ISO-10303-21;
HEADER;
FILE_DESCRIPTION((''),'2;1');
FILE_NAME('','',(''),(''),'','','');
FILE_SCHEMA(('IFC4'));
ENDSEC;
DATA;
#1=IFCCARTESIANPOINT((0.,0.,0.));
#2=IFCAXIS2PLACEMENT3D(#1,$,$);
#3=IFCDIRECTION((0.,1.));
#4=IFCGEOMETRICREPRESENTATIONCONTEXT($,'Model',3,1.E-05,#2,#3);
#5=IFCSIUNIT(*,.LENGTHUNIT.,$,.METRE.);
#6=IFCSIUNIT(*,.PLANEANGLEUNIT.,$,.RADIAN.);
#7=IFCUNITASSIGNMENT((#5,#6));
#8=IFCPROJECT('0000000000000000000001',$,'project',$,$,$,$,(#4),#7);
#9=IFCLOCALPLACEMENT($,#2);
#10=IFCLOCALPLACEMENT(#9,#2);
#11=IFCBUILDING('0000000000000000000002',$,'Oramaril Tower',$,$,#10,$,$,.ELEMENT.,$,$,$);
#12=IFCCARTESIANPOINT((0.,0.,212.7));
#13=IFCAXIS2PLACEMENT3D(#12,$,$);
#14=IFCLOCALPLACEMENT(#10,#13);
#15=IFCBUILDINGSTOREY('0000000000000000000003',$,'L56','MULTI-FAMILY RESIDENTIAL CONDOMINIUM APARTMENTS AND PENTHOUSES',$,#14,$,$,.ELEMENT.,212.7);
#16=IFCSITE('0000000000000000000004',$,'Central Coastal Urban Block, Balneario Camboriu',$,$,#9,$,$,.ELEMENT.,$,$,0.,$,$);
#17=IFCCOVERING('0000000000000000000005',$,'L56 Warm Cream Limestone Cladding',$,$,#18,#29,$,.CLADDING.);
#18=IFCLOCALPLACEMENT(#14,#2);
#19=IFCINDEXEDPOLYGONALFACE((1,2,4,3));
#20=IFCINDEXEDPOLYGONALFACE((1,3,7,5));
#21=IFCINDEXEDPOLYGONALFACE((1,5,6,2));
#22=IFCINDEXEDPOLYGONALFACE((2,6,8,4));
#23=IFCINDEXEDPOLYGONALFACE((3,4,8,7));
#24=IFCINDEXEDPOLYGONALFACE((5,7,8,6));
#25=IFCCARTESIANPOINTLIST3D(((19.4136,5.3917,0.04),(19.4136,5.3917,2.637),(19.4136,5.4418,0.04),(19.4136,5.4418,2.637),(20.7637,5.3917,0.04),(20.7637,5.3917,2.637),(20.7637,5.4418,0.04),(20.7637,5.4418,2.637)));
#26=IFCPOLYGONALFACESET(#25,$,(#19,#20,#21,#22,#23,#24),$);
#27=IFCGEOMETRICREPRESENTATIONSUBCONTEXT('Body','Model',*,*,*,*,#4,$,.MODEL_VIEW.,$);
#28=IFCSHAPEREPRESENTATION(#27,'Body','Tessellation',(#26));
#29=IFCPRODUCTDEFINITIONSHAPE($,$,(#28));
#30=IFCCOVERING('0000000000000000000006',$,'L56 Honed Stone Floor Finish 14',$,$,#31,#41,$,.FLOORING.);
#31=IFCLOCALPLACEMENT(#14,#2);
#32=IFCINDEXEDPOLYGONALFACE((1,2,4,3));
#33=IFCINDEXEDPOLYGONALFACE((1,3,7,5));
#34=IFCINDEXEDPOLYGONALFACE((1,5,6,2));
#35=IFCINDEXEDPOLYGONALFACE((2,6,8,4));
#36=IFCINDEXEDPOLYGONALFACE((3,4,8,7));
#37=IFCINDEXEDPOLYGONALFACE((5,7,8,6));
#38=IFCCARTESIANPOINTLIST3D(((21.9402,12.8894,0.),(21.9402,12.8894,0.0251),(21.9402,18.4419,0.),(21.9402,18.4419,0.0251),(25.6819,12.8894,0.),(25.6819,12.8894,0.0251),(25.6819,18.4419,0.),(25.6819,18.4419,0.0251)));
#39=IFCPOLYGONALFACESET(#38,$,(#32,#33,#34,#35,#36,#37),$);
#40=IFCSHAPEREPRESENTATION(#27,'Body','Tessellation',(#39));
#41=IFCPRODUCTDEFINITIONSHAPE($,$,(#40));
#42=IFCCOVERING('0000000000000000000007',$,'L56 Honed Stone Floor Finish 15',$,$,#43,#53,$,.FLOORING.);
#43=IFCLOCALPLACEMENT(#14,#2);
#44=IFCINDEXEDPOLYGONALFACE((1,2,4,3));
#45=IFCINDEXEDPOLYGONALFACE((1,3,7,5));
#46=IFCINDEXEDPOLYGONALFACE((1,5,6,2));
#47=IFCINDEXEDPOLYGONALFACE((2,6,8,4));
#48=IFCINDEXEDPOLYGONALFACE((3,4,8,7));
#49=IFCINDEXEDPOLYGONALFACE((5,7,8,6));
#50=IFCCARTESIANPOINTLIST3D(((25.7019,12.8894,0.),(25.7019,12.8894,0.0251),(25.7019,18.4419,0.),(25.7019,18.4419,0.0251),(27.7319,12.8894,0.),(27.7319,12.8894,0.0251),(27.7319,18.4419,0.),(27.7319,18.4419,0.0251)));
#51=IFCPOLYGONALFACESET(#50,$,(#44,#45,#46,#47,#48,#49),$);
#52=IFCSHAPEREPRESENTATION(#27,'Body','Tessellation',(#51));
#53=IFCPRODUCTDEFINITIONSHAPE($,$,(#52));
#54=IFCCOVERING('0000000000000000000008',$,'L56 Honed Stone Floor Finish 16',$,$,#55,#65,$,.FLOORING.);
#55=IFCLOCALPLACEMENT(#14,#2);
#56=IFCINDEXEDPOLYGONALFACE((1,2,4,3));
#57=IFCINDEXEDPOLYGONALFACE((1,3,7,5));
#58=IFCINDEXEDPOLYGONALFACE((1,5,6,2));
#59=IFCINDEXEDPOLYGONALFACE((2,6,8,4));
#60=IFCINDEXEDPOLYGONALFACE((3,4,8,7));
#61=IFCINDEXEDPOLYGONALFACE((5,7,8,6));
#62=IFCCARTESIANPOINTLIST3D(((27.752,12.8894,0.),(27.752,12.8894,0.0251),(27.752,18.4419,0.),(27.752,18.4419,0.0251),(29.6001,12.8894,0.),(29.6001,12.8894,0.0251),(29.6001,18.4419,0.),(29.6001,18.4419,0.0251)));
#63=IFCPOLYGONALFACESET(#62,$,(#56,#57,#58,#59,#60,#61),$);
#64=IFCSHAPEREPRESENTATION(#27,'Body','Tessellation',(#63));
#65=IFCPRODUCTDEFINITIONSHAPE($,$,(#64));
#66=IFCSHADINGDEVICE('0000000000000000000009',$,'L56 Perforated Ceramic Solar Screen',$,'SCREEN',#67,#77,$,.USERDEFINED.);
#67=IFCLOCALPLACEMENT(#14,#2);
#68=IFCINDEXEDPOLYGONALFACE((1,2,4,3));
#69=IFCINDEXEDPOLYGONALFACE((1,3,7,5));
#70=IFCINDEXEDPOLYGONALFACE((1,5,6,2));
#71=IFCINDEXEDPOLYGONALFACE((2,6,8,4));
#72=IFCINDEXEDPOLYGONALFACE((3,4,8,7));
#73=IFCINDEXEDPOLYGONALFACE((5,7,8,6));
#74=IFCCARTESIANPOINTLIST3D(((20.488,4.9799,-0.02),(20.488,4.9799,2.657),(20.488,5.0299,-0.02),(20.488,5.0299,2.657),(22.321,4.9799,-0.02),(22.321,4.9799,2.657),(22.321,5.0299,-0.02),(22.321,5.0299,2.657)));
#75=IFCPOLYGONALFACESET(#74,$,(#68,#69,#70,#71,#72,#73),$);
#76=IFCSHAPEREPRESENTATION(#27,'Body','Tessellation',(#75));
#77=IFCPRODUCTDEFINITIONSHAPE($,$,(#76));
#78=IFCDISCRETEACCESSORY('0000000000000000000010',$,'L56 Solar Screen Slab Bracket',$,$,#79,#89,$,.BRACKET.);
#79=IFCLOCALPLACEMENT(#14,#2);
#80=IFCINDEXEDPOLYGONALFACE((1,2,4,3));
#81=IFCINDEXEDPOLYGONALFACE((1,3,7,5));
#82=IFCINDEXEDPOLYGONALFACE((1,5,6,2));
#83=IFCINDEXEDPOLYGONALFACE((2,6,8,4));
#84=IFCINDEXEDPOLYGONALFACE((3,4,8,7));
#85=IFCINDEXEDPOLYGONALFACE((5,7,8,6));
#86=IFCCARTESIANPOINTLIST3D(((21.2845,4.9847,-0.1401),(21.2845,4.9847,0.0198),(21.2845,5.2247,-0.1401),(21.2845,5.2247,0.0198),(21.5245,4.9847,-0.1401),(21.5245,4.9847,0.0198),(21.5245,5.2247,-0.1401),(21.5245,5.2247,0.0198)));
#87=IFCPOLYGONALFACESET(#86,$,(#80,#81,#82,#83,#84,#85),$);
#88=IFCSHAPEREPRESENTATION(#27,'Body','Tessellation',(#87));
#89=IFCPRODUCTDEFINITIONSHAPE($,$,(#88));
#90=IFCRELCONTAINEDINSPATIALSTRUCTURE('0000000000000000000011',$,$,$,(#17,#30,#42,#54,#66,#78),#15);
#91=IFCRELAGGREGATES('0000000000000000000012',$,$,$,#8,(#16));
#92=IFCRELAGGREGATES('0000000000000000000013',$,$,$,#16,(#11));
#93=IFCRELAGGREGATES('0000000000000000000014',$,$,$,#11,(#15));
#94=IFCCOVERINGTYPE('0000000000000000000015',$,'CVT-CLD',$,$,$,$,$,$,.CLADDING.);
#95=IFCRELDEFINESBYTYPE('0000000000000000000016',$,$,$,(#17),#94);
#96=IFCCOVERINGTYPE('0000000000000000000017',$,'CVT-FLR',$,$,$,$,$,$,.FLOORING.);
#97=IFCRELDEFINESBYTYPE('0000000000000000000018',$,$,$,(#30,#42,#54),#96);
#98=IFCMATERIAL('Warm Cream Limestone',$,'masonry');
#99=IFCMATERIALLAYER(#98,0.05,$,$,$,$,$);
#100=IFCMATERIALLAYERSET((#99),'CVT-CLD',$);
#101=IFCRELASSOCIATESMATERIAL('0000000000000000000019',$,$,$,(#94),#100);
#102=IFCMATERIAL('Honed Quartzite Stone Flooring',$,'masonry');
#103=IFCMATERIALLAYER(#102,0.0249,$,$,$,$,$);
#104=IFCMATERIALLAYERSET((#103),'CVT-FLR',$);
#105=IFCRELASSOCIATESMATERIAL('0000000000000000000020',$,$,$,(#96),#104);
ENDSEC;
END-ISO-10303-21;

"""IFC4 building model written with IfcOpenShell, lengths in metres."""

from ifc_helpers import new_model, si_unit, direction, frame, origin, origin_2d, place, context, subcontext, project, spatial, polyline, rectangle, outline, extrude, material, layer, layer_set, type_object, element, save


model = new_model("IFC4")

# Units and contexts
model_context = context("Model", 3, precision=1e-05, world=origin(), true_north=direction((0.0, 1.0)))
body_context = subcontext(model_context, "Body", "Model", "MODEL_VIEW")
ifc_project = project(units=[si_unit("LENGTHUNIT", "METRE"), si_unit("PLANEANGLEUNIT", "RADIAN")], contexts=[model_context])

# Site, building, storey
site_placement = place(None, origin())
site = spatial("IfcSite", under=ifc_project, at=site_placement, Name="Central Coastal Urban Block, Balneario Camboriu", CompositionType="ELEMENT", RefElevation=0.0)
building_placement = place(site_placement, origin())
building = spatial("IfcBuilding", under=site, at=building_placement, Name="Oramaril Tower", CompositionType="ELEMENT")
storey_placement = place(building_placement, frame((0.0, 0.0, 212.7)))
storey = spatial("IfcBuildingStorey", under=building, at=storey_placement, Name="L56", Description="MULTI-FAMILY RESIDENTIAL CONDOMINIUM APARTMENTS AND PENTHOUSES", CompositionType="ELEMENT", Elevation=212.7)

# Coverings
ifc_material_1 = material(Name="Warm Cream Limestone", Category="masonry")
ifc_layer_1 = layer(ifc_material_1, 0.05)
ifc_layer_set_1 = layer_set([ifc_layer_1], Name="CVT-CLD")
covering_type_1 = type_object("IfcCoveringType", Name="CVT-CLD", PredefinedType="CLADDING", material=ifc_layer_set_1)
covering_1_placement = place(storey_placement, frame((20.0886, 5.4167, 0.04), z_axis=(0.0, 0.0, 1.0), x_axis=(1.0, 0.0, 0.0)))
element("IfcCovering", 1, at=covering_1_placement, inside=storey, type_object=covering_type_1, Name="L56 Warm Cream Limestone Cladding", PredefinedType="CLADDING", context=body_context, shape_type="SweptSolid", body=[
    extrude(rectangle(XDim=1.3501, YDim=0.05, at=origin_2d()), origin(), (0.0, 0.0, 1.0), 2.5969),
])
ifc_material_2 = material(Name="Honed Quartzite Stone Flooring", Category="masonry")
ifc_layer_2 = layer(ifc_material_2, 0.0249)
ifc_layer_set_2 = layer_set([ifc_layer_2], Name="CVT-FLR")
covering_type_2 = type_object("IfcCoveringType", Name="CVT-FLR", PredefinedType="FLOORING", material=ifc_layer_set_2)
covering_2_placement = place(storey_placement, origin())
element("IfcCovering", 2, at=covering_2_placement, inside=storey, type_object=covering_type_2, Name="L56 Honed Stone Floor Finish 14", PredefinedType="FLOORING", context=body_context, shape_type="SweptSolid", body=[
    extrude(outline(polyline([(25.6819, 18.4419), (25.6819, 12.8894), (21.9402, 12.8894), (21.9402, 18.4419), (25.6819, 18.4419)])), origin(), (0.0, 0.0, 1.0), 0.0251),
])
covering_3_placement = place(storey_placement, origin())
element("IfcCovering", 3, at=covering_3_placement, inside=storey, type_object=covering_type_2, Name="L56 Honed Stone Floor Finish 15", PredefinedType="FLOORING", context=body_context, shape_type="SweptSolid", body=[
    extrude(outline(polyline([(27.7319, 18.4419), (27.7319, 12.8894), (25.7019, 12.8894), (25.7019, 18.4419), (27.7319, 18.4419)])), origin(), (0.0, 0.0, 1.0), 0.0251),
])
covering_4_placement = place(storey_placement, origin())
element("IfcCovering", 4, at=covering_4_placement, inside=storey, type_object=covering_type_2, Name="L56 Honed Stone Floor Finish 16", PredefinedType="FLOORING", context=body_context, shape_type="SweptSolid", body=[
    extrude(outline(polyline([(29.6001, 18.4419), (29.6001, 12.8894), (27.752, 12.8894), (27.752, 18.4419), (29.6001, 18.4419)])), origin(), (0.0, 0.0, 1.0), 0.0251),
])

# Shading device
shading_device_placement = place(storey_placement, frame((21.4045, 5.0049, -0.02), z_axis=(0.0, 0.0, 1.0), x_axis=(1.0, 0.0, 0.0)))
element("IfcShadingDevice", 5, at=shading_device_placement, inside=storey, Name="L56 Perforated Ceramic Solar Screen", ObjectType="SCREEN", PredefinedType="USERDEFINED", context=body_context, shape_type="SweptSolid", body=[
    extrude(rectangle(XDim=1.833, YDim=0.05, at=origin_2d()), origin(), (0.0, 0.0, 1.0), 2.677),
])

# Discrete accessory
discrete_accessory_placement = place(storey_placement, frame((21.4045, 5.1047, -0.1401), z_axis=(0.0, 0.0, 1.0), x_axis=(1.0, 0.0, 0.0)))
element("IfcDiscreteAccessory", 6, at=discrete_accessory_placement, inside=storey, Name="L56 Solar Screen Slab Bracket", PredefinedType="BRACKET", context=body_context, shape_type="SweptSolid", body=[
    extrude(rectangle(XDim=0.24, YDim=0.24, at=origin_2d()), origin(), (0.0, 0.0, 1.0), 0.1599),
])

save(model, "model.ifc")
